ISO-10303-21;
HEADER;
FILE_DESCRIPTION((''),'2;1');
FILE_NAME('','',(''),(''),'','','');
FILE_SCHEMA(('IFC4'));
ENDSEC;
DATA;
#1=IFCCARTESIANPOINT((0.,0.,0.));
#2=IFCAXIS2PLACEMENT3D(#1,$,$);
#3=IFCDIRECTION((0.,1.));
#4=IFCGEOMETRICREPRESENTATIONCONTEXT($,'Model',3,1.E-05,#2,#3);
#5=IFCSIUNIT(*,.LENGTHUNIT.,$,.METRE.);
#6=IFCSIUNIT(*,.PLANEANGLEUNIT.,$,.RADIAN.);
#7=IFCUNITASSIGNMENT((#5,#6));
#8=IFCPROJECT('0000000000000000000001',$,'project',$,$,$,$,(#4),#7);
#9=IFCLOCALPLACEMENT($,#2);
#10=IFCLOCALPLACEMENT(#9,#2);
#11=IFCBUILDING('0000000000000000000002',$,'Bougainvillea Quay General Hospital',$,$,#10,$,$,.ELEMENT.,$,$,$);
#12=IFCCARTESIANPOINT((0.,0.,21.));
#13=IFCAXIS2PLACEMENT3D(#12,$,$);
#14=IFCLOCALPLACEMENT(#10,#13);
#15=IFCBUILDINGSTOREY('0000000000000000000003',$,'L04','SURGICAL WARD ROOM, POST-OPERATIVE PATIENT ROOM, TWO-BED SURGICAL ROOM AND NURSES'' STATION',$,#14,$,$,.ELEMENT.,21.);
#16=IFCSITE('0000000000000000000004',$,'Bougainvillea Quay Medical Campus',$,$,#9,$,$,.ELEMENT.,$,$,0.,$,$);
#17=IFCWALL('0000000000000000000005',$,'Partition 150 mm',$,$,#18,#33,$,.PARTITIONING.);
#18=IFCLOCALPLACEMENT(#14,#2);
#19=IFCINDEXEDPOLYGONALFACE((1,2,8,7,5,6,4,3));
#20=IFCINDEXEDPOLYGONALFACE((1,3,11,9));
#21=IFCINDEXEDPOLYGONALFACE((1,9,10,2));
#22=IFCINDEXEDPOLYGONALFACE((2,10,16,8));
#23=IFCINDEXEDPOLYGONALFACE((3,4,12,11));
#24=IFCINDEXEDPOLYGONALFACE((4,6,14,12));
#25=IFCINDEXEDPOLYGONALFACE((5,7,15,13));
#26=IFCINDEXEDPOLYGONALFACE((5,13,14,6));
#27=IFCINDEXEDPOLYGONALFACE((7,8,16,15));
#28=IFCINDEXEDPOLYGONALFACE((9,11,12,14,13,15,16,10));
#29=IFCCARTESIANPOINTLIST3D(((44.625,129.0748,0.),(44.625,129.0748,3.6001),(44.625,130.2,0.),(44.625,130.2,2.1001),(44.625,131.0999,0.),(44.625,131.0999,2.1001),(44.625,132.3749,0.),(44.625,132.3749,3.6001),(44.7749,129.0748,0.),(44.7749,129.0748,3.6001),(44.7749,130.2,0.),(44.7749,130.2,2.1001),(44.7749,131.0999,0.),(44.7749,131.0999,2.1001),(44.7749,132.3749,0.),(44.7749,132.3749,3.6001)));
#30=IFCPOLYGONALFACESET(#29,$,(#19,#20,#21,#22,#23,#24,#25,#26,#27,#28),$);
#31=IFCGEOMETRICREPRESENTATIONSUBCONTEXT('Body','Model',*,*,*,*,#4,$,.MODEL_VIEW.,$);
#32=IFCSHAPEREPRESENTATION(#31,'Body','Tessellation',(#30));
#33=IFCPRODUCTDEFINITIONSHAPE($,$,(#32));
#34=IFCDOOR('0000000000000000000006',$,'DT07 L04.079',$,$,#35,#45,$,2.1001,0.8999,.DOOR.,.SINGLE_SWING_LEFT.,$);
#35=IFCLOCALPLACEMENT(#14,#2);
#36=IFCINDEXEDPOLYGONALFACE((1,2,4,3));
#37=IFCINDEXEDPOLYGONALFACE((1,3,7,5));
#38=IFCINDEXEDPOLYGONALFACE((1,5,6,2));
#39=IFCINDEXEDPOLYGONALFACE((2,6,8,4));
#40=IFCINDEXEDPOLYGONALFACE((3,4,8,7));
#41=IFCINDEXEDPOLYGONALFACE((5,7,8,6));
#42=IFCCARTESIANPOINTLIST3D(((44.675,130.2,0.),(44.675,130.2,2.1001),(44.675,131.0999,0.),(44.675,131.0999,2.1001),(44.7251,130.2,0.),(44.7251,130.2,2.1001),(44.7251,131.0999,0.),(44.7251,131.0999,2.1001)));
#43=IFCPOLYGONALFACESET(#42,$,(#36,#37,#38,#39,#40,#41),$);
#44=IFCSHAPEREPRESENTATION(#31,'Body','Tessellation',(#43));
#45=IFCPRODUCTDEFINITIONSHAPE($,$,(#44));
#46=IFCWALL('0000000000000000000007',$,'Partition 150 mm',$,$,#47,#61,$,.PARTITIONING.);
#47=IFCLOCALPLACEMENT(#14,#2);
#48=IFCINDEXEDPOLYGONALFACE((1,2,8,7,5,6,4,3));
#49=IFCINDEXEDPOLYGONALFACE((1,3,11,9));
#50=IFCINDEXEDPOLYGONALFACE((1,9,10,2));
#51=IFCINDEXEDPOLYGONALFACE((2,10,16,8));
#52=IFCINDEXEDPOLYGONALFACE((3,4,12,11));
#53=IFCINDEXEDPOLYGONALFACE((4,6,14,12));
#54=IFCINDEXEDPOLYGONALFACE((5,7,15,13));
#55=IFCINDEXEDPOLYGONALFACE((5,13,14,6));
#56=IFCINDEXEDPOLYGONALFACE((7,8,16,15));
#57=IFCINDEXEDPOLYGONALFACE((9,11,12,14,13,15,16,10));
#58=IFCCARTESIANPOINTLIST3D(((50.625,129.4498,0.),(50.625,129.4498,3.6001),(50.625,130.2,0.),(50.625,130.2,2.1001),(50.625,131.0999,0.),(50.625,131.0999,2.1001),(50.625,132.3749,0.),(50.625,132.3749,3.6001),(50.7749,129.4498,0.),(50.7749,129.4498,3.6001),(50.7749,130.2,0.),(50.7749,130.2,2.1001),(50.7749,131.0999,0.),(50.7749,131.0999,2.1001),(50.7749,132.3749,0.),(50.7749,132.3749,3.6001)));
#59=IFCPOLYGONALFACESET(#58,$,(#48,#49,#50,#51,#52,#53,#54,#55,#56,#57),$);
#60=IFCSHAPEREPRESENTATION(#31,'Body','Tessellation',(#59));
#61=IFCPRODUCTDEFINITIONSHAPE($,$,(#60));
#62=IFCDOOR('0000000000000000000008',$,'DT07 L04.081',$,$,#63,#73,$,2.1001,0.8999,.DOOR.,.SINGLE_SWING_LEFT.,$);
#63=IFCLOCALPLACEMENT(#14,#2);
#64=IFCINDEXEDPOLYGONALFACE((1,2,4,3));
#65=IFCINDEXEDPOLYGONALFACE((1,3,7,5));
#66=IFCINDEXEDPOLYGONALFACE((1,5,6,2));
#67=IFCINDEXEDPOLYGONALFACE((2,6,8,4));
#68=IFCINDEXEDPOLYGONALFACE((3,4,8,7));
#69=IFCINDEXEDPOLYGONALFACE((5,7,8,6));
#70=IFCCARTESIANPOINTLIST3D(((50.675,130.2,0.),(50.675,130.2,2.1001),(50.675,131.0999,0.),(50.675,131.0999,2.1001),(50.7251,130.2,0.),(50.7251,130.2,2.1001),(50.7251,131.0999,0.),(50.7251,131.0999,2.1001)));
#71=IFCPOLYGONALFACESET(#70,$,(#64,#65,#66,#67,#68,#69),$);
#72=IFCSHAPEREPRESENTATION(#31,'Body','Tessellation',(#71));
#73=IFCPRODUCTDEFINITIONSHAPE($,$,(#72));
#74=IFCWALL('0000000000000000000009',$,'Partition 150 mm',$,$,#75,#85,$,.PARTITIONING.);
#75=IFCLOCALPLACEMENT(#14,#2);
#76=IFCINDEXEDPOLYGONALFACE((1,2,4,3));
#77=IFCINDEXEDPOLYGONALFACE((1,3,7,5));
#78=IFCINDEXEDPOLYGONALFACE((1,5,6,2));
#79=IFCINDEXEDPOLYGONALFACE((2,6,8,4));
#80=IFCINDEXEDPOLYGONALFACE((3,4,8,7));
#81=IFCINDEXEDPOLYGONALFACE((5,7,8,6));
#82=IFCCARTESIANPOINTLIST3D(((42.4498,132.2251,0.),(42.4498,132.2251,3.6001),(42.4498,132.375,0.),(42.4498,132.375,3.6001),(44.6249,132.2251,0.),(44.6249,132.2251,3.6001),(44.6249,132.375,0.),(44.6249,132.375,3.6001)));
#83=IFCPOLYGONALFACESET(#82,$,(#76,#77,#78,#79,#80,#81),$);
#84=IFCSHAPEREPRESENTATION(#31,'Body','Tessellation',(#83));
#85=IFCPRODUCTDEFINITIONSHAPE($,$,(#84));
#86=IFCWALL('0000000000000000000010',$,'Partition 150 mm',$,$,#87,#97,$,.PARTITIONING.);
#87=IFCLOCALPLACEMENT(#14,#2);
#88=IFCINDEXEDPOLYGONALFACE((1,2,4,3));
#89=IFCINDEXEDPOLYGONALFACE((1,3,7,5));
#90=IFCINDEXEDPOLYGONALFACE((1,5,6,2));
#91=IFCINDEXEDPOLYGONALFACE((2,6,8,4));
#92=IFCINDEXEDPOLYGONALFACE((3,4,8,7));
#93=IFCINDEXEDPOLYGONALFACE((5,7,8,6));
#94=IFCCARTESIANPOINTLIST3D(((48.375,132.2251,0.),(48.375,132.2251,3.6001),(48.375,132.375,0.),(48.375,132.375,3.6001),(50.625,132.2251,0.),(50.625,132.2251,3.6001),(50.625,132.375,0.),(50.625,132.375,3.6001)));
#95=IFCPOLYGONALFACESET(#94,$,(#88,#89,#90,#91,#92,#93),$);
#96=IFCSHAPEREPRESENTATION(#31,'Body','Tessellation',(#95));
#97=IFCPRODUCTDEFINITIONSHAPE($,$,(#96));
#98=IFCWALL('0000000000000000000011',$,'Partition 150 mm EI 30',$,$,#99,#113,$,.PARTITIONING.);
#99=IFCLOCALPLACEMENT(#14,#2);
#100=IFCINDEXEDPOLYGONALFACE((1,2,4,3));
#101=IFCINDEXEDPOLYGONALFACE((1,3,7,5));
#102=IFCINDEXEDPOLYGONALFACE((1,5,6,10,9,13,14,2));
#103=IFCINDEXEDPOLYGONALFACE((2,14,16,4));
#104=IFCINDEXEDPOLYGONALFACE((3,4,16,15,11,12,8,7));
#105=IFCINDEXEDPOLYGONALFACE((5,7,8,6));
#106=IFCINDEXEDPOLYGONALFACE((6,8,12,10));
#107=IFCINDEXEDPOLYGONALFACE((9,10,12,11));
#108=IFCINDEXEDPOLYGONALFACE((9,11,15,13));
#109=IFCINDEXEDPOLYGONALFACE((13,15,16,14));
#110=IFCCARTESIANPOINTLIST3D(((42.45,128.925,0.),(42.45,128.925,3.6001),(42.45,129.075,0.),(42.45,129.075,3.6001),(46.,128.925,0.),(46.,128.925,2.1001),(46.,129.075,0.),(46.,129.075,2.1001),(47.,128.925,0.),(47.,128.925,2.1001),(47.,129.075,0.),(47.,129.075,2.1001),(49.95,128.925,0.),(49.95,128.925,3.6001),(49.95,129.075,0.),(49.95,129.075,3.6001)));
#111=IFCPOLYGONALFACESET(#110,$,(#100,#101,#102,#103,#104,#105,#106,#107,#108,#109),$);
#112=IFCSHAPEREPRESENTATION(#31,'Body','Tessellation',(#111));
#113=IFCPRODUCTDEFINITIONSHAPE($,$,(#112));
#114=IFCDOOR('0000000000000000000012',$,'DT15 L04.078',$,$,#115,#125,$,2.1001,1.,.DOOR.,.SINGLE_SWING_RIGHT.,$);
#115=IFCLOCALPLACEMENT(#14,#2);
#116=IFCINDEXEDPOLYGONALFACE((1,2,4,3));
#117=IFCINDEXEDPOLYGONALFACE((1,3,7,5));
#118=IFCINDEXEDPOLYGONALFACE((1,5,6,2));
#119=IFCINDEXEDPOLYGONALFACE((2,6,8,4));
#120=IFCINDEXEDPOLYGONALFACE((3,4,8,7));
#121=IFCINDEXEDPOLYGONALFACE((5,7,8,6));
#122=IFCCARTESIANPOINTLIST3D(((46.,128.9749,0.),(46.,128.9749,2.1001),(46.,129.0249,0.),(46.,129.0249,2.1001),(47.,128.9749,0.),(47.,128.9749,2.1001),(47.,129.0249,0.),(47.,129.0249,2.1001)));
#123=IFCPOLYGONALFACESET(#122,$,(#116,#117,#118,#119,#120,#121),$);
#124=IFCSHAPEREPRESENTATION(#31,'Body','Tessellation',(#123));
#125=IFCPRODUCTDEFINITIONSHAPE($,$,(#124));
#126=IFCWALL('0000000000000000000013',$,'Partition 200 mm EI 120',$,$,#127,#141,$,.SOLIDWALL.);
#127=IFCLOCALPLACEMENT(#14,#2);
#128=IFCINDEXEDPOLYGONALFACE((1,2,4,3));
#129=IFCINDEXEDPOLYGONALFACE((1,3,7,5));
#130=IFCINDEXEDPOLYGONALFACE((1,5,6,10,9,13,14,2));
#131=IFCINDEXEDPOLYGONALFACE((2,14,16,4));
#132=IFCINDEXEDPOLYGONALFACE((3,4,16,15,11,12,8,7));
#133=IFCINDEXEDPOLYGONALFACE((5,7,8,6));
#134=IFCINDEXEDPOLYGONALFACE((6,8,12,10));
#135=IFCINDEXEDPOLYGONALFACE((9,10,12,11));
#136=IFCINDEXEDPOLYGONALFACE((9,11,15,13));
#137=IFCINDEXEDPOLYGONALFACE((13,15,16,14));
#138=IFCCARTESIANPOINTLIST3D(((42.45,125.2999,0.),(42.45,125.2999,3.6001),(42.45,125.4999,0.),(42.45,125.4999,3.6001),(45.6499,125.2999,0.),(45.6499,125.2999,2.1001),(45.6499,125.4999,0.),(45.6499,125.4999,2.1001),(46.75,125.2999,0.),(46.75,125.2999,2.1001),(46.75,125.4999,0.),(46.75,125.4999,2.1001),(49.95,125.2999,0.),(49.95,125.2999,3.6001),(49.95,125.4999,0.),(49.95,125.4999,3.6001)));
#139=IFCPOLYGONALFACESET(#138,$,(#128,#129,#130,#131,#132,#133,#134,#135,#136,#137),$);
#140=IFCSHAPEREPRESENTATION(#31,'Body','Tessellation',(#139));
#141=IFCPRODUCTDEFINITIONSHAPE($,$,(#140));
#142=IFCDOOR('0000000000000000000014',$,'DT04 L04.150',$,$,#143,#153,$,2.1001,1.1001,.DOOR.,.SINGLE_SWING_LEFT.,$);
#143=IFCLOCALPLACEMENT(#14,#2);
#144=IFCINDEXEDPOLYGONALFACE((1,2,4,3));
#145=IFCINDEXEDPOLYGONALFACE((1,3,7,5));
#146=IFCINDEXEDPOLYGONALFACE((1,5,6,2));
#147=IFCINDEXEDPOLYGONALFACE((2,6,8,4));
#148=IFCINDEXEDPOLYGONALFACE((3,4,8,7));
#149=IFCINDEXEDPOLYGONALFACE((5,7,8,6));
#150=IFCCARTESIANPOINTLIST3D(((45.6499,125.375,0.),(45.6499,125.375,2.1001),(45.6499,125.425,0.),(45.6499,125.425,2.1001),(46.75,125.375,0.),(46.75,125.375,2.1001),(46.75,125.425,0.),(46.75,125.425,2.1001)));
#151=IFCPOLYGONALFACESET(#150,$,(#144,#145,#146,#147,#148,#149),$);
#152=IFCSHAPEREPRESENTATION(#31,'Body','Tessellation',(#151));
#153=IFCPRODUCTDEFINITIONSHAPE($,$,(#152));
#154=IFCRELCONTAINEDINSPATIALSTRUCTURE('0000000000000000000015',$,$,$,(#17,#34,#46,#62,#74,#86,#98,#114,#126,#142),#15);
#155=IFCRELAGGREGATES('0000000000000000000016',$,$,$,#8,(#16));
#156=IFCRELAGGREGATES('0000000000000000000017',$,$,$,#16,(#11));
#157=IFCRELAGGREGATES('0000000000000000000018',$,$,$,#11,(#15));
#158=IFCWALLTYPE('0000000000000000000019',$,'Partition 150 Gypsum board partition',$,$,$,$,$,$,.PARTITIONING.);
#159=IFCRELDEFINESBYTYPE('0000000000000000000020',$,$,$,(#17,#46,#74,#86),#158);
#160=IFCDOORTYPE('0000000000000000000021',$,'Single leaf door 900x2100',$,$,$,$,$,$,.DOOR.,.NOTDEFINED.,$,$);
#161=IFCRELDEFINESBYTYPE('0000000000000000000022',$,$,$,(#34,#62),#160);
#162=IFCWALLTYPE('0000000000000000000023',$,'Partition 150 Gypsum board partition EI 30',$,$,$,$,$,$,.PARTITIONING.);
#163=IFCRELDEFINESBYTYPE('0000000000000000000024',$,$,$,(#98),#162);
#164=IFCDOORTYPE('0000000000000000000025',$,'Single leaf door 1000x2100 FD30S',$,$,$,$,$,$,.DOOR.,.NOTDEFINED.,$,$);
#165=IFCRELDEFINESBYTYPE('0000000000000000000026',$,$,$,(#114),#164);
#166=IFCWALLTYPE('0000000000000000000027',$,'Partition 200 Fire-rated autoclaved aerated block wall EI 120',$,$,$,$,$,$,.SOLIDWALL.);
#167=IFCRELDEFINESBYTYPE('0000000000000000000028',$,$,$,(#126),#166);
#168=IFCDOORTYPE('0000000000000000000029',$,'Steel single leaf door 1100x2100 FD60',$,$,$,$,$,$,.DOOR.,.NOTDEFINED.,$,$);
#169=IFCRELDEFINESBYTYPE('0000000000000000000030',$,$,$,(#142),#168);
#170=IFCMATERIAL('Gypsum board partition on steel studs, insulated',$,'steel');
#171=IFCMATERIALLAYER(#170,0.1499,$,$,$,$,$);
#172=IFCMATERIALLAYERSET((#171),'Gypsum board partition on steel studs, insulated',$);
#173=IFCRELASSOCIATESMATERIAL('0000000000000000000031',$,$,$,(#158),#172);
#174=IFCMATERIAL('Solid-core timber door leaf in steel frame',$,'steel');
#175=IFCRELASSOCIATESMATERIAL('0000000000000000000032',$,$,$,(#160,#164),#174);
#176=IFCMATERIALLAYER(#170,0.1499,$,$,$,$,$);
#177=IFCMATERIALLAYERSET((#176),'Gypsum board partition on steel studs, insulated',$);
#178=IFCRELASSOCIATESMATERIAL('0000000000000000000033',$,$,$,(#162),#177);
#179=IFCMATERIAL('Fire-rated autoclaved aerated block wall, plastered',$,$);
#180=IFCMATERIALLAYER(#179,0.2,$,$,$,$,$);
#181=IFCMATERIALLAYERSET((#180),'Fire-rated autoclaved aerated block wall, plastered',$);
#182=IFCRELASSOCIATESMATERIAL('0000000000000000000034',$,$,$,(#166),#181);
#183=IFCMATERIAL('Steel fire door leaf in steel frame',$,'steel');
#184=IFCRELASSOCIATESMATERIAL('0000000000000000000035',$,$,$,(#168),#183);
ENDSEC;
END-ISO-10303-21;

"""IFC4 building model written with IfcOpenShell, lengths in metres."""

from ifc_helpers import new_model, si_unit, direction, frame, frame_2d, origin, place, context, subcontext, project, spatial, rectangle, extrude, material, layer, layer_set, type_object, element, fill, save


model = new_model("IFC4")

# Units and contexts
model_context = context("Model", 3, precision=1e-05, world=origin(), true_north=direction((0.0, 1.0)))
body_context = subcontext(model_context, "Body", "Model", "MODEL_VIEW")
ifc_project = project(units=[si_unit("LENGTHUNIT", "METRE"), si_unit("PLANEANGLEUNIT", "RADIAN")], contexts=[model_context])

# Site, building, storey
site_placement = place(None, origin())
site = spatial("IfcSite", under=ifc_project, at=site_placement, Name="Bougainvillea Quay Medical Campus", CompositionType="ELEMENT", RefElevation=0.0)
building_placement = place(site_placement, origin())
building = spatial("IfcBuilding", under=site, at=building_placement, Name="Bougainvillea Quay General Hospital", CompositionType="ELEMENT")
storey_placement = place(building_placement, frame((0.0, 0.0, 21.0)))
storey = spatial("IfcBuildingStorey", under=building, at=storey_placement, Name="L04", Description="SURGICAL WARD ROOM, POST-OPERATIVE PATIENT ROOM, TWO-BED SURGICAL ROOM AND NURSES' STATION", CompositionType="ELEMENT", Elevation=21.0)

# Shared definitions
ifc_material_1 = material(Name="Gypsum board partition on steel studs, insulated", Category="steel")
ifc_layer_1 = layer(ifc_material_1, 0.1499)
ifc_layer_set_1 = layer_set([ifc_layer_1], Name="Gypsum board partition on steel studs, insulated")
wall_type_1 = type_object("IfcWallType", Name="Partition 150 Gypsum board partition", PredefinedType="PARTITIONING", material=ifc_layer_set_1)

# Walls, openings, doors
wall_1_placement = place(storey_placement, frame((44.7, 129.075, 0.0), z_axis=(0.0, 0.0, 1.0), x_axis=(0.0, 1.0, 0.0)))
wall_1 = element("IfcWall", 1, at=wall_1_placement, inside=storey, type_object=wall_type_1, Name="Partition 150 mm", PredefinedType="PARTITIONING", context=body_context, shape_type="SweptSolid", body=[
    extrude(rectangle(XDim=3.3, YDim=0.1499, at=frame_2d((1.6499, 0.0))), origin(), (0.0, 0.0, 1.0), 3.6001),
])
opening_1_placement = place(wall_1_placement, frame((1.125, 0.0, 0.0)))
opening_1 = element("IfcOpeningElement", 2, at=opening_1_placement, cuts=wall_1, PredefinedType="OPENING", context=body_context, shape_type="SweptSolid", body=[
    extrude(rectangle(XDim=0.8999, YDim=2.1001, at=frame_2d((0.45, 1.05))), frame((0.0, 0.085, 0.0), z_axis=(0.0, -1.0, 0.0), x_axis=(1.0, 0.0, 0.0)), (0.0, 0.0, 1.0), 0.1699),
])
ifc_material_2 = material(Name="Solid-core timber door leaf in steel frame", Category="steel")
door_type_1 = type_object("IfcDoorType", Name="Single leaf door 900x2100", OperationType="NOTDEFINED", PredefinedType="DOOR", material=ifc_material_2)
door_1_placement = place(opening_1_placement, origin())
door_1 = element("IfcDoor", 3, at=door_1_placement, inside=storey, type_object=door_type_1, Name="DT07 L04.079", OperationType="SINGLE_SWING_LEFT", OverallHeight=2.1001, OverallWidth=0.8999, PredefinedType="DOOR", context=body_context, shape_type="SweptSolid", body=[
    extrude(rectangle(XDim=0.8999, YDim=2.1001, at=frame_2d((0.45, 1.05))), frame((0.0, 0.0249, 0.0), z_axis=(0.0, -1.0, 0.0), x_axis=(1.0, 0.0, 0.0)), (0.0, 0.0, 1.0), 0.05),
])
fill(opening_1, door_1)
wall_2_placement = place(storey_placement, frame((50.7, 129.45, 0.0), z_axis=(0.0, 0.0, 1.0), x_axis=(0.0, 1.0, 0.0)))
wall_2 = element("IfcWall", 4, at=wall_2_placement, inside=storey, type_object=wall_type_1, Name="Partition 150 mm", PredefinedType="PARTITIONING", context=body_context, shape_type="SweptSolid", body=[
    extrude(rectangle(XDim=2.925, YDim=0.1499, at=frame_2d((1.4624, 0.0))), origin(), (0.0, 0.0, 1.0), 3.6001),
])
opening_2_placement = place(wall_2_placement, frame((0.75, 0.0, 0.0)))
opening_2 = element("IfcOpeningElement", 5, at=opening_2_placement, cuts=wall_2, PredefinedType="OPENING", context=body_context, shape_type="SweptSolid", body=[
    extrude(rectangle(XDim=0.8999, YDim=2.1001, at=frame_2d((0.45, 1.05))), frame((0.0, 0.085, 0.0), z_axis=(0.0, -1.0, 0.0), x_axis=(1.0, 0.0, 0.0)), (0.0, 0.0, 1.0), 0.1699),
])
door_2_placement = place(opening_2_placement, origin())
door_2 = element("IfcDoor", 6, at=door_2_placement, inside=storey, type_object=door_type_1, Name="DT07 L04.081", OperationType="SINGLE_SWING_LEFT", OverallHeight=2.1001, OverallWidth=0.8999, PredefinedType="DOOR", context=body_context, shape_type="SweptSolid", body=[
    extrude(rectangle(XDim=0.8999, YDim=2.1001, at=frame_2d((0.45, 1.05))), frame((0.0, 0.0249, 0.0), z_axis=(0.0, -1.0, 0.0), x_axis=(1.0, 0.0, 0.0)), (0.0, 0.0, 1.0), 0.05),
])
fill(opening_2, door_2)

# Walls
wall_3_placement = place(storey_placement, frame((42.45, 132.3, 0.0), z_axis=(0.0, 0.0, 1.0), x_axis=(1.0, 0.0, 0.0)))
element("IfcWall", 7, at=wall_3_placement, inside=storey, type_object=wall_type_1, Name="Partition 150 mm", PredefinedType="PARTITIONING", context=body_context, shape_type="SweptSolid", body=[
    extrude(rectangle(XDim=2.175, YDim=0.1499, at=frame_2d((1.0874, 0.0))), origin(), (0.0, 0.0, 1.0), 3.6001),
])
wall_4_placement = place(storey_placement, frame((48.375, 132.3, 0.0), z_axis=(0.0, 0.0, 1.0), x_axis=(1.0, 0.0, 0.0)))
element("IfcWall", 8, at=wall_4_placement, inside=storey, type_object=wall_type_1, Name="Partition 150 mm", PredefinedType="PARTITIONING", context=body_context, shape_type="SweptSolid", body=[
    extrude(rectangle(XDim=2.25, YDim=0.1499, at=frame_2d((1.125, 0.0))), origin(), (0.0, 0.0, 1.0), 3.6001),
])

# Walls, openings, doors
ifc_layer_2 = layer(ifc_material_1, 0.1499)
ifc_layer_set_2 = layer_set([ifc_layer_2], Name="Gypsum board partition on steel studs, insulated")
wall_type_2 = type_object("IfcWallType", Name="Partition 150 Gypsum board partition EI 30", PredefinedType="PARTITIONING", material=ifc_layer_set_2)
wall_5_placement = place(storey_placement, frame((49.95, 129.0, 0.0), z_axis=(0.0, 0.0, 1.0), x_axis=(-1.0, 0.0, 0.0)))
wall_5 = element("IfcWall", 9, at=wall_5_placement, inside=storey, type_object=wall_type_2, Name="Partition 150 mm EI 30", PredefinedType="PARTITIONING", context=body_context, shape_type="SweptSolid", body=[
    extrude(rectangle(XDim=7.5, YDim=0.1499, at=frame_2d((3.75, 0.0))), origin(), (0.0, 0.0, 1.0), 3.6001),
])
opening_3_placement = place(wall_5_placement, frame((2.95, 0.0, 0.0)))
opening_3 = element("IfcOpeningElement", 10, at=opening_3_placement, cuts=wall_5, PredefinedType="OPENING", context=body_context, shape_type="SweptSolid", body=[
    extrude(rectangle(XDim=1.0, YDim=2.1001, at=frame_2d((0.5, 1.05))), frame((0.0, 0.085, 0.0), z_axis=(0.0, -1.0, 0.0), x_axis=(1.0, 0.0, 0.0)), (0.0, 0.0, 1.0), 0.1699),
])
door_type_2 = type_object("IfcDoorType", Name="Single leaf door 1000x2100 FD30S", OperationType="NOTDEFINED", PredefinedType="DOOR", material=ifc_material_2)
door_3_placement = place(opening_3_placement, frame((1.0, 0.0, 0.0), z_axis=(0.0, 0.0, 1.0), x_axis=(-1.0, 0.0, 0.0)))
door_3 = element("IfcDoor", 11, at=door_3_placement, inside=storey, type_object=door_type_2, Name="DT15 L04.078", OperationType="SINGLE_SWING_RIGHT", OverallHeight=2.1001, OverallWidth=1.0, PredefinedType="DOOR", context=body_context, shape_type="SweptSolid", body=[
    extrude(rectangle(XDim=1.0, YDim=2.1001, at=frame_2d((0.5, 1.05))), frame((0.0, 0.0249, 0.0), z_axis=(0.0, -1.0, 0.0), x_axis=(1.0, 0.0, 0.0)), (0.0, 0.0, 1.0), 0.05),
])
fill(opening_3, door_3)
ifc_material_3 = material(Name="Fire-rated autoclaved aerated block wall, plastered")
ifc_layer_3 = layer(ifc_material_3, 0.2)
ifc_layer_set_3 = layer_set([ifc_layer_3], Name="Fire-rated autoclaved aerated block wall, plastered")
wall_type_3 = type_object("IfcWallType", Name="Partition 200 Fire-rated autoclaved aerated block wall EI 120", PredefinedType="SOLIDWALL", material=ifc_layer_set_3)
wall_6_placement = place(storey_placement, frame((42.45, 125.3999, 0.0), z_axis=(0.0, 0.0, 1.0), x_axis=(1.0, 0.0, 0.0)))
wall_6 = element("IfcWall", 12, at=wall_6_placement, inside=storey, type_object=wall_type_3, Name="Partition 200 mm EI 120", PredefinedType="SOLIDWALL", context=body_context, shape_type="SweptSolid", body=[
    extrude(rectangle(XDim=7.5, YDim=0.2, at=frame_2d((3.75, 0.0))), origin(), (0.0, 0.0, 1.0), 3.6001),
])
opening_4_placement = place(wall_6_placement, frame((3.2, 0.0, 0.0)))
opening_4 = element("IfcOpeningElement", 13, at=opening_4_placement, cuts=wall_6, PredefinedType="OPENING", context=body_context, shape_type="SweptSolid", body=[
    extrude(rectangle(XDim=1.1001, YDim=2.1001, at=frame_2d((0.55, 1.05))), frame((0.0, 0.1099, 0.0), z_axis=(0.0, -1.0, 0.0), x_axis=(1.0, 0.0, 0.0)), (0.0, 0.0, 1.0), 0.22),
])
ifc_material_4 = material(Name="Steel fire door leaf in steel frame", Category="steel")
door_type_3 = type_object("IfcDoorType", Name="Steel single leaf door 1100x2100 FD60", OperationType="NOTDEFINED", PredefinedType="DOOR", material=ifc_material_4)
door_4_placement = place(opening_4_placement, frame((1.1001, 0.0, 0.0), z_axis=(0.0, 0.0, 1.0), x_axis=(-1.0, 0.0, 0.0)))
door_4 = element("IfcDoor", 14, at=door_4_placement, inside=storey, type_object=door_type_3, Name="DT04 L04.150", OperationType="SINGLE_SWING_LEFT", OverallHeight=2.1001, OverallWidth=1.1001, PredefinedType="DOOR", context=body_context, shape_type="SweptSolid", body=[
    extrude(rectangle(XDim=1.1001, YDim=2.1001, at=frame_2d((0.55, 1.05))), frame((0.0, 0.0249, 0.0), z_axis=(0.0, -1.0, 0.0), x_axis=(1.0, 0.0, 0.0)), (0.0, 0.0, 1.0), 0.05),
])
fill(opening_4, door_4)

save(model, "model.ifc")
